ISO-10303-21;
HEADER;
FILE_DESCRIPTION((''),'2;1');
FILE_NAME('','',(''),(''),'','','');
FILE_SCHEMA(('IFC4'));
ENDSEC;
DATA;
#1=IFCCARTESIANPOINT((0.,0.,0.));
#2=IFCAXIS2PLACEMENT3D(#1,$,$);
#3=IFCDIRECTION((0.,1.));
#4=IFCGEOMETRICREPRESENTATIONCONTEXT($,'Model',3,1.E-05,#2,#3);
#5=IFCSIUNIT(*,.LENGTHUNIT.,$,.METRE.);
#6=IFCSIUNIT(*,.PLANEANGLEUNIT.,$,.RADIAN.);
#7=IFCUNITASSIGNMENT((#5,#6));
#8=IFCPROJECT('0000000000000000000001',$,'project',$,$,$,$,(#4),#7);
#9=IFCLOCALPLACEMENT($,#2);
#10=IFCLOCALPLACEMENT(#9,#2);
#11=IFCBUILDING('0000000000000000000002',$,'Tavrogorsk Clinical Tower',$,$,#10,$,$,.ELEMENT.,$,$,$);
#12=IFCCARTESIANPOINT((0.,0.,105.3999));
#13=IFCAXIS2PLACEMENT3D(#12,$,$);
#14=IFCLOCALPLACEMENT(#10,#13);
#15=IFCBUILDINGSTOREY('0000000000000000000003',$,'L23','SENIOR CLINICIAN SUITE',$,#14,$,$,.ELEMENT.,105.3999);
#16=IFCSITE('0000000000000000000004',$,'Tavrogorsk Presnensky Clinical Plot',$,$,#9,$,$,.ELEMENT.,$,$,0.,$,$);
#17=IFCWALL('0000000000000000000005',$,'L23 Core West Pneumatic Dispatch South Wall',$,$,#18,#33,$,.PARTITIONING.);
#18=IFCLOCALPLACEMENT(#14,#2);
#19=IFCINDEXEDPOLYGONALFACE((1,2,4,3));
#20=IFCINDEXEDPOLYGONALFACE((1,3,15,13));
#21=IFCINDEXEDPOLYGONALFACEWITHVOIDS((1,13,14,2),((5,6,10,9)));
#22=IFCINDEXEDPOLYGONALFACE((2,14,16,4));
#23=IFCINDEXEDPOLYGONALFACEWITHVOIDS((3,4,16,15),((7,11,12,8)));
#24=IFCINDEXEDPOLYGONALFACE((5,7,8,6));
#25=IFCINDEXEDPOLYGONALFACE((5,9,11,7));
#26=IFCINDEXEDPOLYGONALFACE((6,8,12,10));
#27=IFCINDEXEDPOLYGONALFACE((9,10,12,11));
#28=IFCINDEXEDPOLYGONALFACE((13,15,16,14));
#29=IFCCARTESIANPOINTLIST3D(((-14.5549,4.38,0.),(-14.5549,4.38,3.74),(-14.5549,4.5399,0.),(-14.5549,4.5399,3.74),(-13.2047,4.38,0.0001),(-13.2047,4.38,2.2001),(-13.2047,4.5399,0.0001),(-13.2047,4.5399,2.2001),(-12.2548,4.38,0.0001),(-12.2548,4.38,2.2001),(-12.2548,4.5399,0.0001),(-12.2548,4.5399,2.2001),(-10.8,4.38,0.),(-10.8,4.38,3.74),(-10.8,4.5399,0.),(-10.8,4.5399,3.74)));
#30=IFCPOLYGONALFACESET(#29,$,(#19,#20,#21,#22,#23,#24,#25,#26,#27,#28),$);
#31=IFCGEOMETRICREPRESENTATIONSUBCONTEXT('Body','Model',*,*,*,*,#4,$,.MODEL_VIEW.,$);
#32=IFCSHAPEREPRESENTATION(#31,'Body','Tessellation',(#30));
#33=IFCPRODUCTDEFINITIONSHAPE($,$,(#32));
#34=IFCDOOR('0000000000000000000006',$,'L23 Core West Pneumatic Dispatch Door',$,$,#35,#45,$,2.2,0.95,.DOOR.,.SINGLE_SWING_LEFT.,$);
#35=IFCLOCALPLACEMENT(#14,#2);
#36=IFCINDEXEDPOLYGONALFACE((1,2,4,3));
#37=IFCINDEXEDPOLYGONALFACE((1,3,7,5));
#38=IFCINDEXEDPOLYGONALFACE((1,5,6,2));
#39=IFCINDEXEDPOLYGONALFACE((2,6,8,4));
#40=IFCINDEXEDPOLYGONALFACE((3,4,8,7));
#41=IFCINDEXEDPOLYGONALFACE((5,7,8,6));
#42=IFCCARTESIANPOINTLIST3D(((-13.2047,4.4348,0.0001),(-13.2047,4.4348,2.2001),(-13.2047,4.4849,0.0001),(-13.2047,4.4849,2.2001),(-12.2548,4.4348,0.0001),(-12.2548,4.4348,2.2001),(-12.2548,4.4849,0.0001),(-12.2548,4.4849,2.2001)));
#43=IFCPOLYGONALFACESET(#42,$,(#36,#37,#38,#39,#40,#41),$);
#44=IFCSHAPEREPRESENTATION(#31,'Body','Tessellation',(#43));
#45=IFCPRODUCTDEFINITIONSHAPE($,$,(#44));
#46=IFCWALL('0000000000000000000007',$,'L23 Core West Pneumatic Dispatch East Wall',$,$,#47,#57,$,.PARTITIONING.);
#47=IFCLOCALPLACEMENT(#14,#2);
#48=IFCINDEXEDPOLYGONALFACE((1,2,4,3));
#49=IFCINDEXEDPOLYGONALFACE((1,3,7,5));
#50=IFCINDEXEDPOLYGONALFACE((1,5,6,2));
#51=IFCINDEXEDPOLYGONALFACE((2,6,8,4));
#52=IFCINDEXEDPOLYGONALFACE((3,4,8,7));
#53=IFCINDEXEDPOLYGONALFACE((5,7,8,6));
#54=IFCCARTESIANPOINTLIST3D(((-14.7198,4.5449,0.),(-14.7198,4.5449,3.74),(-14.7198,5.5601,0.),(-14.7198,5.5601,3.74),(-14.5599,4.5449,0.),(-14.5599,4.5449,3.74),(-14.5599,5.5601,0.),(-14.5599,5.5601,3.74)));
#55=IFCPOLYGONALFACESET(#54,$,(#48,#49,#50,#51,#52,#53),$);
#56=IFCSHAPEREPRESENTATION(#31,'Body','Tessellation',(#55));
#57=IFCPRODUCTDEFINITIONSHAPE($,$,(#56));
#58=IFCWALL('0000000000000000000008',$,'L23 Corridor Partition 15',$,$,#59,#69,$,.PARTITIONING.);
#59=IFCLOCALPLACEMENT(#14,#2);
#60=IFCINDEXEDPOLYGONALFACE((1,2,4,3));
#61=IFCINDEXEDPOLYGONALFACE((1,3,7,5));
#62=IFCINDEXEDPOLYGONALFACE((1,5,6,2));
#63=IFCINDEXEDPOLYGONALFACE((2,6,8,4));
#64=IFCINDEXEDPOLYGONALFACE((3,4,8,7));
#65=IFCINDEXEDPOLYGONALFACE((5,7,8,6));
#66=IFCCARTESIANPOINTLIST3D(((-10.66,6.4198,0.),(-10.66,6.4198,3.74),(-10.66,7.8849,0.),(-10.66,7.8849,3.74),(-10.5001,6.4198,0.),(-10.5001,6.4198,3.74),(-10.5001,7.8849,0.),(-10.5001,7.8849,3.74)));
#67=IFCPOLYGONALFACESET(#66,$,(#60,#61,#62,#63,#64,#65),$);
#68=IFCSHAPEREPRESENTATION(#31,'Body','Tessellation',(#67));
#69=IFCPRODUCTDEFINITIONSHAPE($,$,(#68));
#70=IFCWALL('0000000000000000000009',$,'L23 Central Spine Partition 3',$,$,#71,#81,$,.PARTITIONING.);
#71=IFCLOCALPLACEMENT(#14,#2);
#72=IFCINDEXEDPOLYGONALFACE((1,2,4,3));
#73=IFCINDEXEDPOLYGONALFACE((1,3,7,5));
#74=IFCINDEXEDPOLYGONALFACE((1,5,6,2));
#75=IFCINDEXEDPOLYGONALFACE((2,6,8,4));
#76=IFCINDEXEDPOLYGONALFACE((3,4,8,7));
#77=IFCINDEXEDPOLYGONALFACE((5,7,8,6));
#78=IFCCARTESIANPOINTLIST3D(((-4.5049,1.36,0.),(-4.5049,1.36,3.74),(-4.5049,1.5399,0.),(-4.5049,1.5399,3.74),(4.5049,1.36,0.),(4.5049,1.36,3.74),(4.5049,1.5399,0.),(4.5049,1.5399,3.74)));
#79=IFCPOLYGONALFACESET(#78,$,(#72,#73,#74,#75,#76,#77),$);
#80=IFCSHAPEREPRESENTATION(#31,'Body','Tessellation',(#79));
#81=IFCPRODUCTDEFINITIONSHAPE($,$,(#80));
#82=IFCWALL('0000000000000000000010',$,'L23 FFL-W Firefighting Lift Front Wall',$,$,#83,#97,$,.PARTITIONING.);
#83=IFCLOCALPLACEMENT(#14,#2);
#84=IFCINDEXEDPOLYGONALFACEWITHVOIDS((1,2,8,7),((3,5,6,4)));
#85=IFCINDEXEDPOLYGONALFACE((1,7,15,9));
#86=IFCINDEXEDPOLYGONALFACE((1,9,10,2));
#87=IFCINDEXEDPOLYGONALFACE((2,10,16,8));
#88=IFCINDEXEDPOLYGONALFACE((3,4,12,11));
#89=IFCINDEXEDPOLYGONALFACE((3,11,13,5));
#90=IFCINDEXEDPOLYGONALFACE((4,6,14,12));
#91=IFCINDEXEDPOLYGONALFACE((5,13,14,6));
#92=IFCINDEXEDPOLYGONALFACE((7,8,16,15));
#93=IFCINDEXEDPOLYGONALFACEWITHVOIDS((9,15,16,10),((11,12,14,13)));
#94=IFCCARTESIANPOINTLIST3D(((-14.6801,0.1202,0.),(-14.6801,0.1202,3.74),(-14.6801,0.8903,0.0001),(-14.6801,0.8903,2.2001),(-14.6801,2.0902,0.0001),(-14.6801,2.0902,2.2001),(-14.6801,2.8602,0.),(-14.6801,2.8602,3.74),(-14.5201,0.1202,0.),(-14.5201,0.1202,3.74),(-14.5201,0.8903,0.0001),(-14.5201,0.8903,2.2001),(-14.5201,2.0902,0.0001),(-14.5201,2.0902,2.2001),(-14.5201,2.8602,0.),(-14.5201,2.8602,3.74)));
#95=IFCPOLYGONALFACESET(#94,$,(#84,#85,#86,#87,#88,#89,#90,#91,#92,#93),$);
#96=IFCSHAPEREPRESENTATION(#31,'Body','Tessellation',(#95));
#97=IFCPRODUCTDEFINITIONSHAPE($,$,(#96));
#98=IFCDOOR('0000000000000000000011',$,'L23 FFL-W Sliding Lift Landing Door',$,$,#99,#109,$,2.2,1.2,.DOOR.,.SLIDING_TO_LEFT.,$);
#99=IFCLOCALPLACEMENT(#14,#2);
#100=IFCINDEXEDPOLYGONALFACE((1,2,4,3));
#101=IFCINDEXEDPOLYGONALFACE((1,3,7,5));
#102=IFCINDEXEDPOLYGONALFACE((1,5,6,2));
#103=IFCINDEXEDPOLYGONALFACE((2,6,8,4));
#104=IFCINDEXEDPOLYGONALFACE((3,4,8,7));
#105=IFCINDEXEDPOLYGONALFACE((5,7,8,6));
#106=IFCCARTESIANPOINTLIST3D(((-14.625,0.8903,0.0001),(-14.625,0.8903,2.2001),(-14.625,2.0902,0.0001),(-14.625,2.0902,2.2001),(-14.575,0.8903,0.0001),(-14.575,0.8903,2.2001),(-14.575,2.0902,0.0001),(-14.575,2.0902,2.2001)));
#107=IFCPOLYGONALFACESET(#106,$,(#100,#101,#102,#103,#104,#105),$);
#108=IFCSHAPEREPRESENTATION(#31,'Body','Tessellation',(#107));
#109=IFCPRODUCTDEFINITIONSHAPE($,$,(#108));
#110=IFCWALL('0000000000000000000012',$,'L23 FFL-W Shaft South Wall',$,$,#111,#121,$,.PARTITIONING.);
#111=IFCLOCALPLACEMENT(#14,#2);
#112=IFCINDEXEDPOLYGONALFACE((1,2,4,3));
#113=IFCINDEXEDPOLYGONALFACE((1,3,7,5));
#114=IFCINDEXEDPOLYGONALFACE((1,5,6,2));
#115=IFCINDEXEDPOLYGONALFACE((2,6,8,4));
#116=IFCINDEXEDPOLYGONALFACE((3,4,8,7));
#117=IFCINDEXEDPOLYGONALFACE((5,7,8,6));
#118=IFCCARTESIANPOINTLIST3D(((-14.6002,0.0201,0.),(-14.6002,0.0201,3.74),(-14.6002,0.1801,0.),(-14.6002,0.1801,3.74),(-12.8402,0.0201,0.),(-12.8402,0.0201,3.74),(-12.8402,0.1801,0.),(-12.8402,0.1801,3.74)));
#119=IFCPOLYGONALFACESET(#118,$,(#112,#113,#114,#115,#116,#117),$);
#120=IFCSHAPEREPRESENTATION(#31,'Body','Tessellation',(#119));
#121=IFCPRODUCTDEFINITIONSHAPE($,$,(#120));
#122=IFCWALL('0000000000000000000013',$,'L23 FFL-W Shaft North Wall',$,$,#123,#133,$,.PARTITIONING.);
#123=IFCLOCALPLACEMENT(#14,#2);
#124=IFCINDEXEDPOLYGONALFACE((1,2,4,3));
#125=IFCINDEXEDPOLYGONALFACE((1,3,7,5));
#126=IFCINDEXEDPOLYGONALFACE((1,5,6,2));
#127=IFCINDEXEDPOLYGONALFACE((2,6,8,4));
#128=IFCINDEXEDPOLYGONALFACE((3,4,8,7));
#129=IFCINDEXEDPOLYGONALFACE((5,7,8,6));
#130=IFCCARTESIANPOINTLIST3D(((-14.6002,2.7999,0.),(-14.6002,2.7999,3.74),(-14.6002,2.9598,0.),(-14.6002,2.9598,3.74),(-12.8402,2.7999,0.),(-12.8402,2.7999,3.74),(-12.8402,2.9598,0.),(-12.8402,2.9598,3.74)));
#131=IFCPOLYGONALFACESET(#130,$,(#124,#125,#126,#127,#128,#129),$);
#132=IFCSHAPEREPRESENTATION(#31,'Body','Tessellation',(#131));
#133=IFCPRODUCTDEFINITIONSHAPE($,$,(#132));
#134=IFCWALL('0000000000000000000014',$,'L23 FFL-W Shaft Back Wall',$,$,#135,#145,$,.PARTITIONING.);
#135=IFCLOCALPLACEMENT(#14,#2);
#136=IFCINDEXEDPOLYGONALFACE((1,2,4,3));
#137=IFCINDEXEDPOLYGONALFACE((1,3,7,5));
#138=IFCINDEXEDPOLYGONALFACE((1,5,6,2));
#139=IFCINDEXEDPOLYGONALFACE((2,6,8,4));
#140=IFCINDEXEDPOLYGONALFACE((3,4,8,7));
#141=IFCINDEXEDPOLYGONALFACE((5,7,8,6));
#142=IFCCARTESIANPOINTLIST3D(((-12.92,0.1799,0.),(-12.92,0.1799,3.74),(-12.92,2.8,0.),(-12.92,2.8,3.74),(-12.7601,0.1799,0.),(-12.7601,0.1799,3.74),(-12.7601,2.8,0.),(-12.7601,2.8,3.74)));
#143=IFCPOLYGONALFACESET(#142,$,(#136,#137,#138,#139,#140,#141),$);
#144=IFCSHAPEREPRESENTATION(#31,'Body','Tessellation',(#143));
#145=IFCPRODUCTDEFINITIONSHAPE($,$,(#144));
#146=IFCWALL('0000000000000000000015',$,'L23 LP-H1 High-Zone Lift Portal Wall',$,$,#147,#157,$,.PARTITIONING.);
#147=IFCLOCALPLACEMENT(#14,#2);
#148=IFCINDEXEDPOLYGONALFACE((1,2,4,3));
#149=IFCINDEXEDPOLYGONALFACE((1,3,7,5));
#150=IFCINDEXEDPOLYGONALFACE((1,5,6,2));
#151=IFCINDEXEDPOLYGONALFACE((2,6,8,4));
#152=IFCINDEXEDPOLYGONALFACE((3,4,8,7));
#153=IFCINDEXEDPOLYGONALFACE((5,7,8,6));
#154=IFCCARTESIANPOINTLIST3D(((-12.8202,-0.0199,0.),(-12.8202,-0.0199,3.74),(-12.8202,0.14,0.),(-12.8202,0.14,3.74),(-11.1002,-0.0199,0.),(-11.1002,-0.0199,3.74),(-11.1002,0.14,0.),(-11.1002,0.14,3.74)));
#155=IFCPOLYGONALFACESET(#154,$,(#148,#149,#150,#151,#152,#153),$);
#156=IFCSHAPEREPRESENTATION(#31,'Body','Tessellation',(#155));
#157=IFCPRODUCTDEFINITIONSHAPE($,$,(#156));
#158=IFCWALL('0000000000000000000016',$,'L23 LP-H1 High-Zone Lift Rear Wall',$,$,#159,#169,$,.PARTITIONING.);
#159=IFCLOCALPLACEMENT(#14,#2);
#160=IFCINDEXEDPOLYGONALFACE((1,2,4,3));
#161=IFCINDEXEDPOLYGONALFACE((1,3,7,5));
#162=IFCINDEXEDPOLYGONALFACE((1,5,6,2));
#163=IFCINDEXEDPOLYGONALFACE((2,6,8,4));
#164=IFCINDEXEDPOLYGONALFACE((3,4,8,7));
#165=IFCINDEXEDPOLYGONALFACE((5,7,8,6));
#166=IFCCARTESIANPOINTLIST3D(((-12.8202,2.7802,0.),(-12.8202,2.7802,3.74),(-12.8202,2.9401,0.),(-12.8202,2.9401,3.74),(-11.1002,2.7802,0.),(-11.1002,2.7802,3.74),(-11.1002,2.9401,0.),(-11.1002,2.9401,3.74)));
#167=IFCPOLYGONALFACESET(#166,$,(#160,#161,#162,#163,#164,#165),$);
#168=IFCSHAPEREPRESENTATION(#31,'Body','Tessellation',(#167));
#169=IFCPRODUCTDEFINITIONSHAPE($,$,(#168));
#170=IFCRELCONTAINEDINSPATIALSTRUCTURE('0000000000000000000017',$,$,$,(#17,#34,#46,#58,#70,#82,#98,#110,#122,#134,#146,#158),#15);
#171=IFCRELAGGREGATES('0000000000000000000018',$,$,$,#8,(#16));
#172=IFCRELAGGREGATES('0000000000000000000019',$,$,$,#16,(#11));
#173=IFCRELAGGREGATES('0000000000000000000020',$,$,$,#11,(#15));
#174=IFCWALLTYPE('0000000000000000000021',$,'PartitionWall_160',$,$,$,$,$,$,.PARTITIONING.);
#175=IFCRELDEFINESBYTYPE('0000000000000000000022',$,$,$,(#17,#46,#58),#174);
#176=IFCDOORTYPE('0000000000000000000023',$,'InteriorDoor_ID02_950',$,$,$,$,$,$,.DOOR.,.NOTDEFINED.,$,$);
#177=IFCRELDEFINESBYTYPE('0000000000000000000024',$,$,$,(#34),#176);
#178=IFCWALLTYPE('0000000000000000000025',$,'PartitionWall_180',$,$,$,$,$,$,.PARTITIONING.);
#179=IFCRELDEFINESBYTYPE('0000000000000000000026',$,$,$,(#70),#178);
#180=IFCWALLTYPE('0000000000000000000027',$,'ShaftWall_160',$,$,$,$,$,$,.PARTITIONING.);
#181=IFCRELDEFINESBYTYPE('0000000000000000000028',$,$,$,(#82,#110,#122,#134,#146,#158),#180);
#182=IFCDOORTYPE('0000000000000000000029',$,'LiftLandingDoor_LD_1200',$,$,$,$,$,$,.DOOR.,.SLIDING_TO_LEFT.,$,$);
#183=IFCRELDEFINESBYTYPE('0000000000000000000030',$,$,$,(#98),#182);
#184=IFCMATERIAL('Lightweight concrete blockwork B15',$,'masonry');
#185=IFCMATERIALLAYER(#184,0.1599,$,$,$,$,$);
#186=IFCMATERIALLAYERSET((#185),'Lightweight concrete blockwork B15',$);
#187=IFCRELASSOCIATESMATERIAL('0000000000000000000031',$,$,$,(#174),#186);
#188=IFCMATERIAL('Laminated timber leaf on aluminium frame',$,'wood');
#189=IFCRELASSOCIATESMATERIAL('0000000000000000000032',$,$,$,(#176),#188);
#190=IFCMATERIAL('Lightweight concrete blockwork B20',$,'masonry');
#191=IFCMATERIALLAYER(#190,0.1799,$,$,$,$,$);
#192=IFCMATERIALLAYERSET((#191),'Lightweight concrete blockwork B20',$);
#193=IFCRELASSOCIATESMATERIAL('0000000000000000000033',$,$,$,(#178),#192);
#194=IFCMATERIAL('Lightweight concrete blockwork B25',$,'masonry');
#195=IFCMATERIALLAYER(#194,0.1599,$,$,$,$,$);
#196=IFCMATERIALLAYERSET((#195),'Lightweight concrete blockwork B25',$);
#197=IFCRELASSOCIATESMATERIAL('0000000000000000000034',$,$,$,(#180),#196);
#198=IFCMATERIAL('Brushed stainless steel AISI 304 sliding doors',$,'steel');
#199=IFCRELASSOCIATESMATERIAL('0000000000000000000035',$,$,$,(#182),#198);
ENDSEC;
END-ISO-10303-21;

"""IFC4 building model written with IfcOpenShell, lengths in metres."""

from ifc_helpers import new_model, si_unit, direction, frame, frame_2d, origin, place, context, subcontext, project, spatial, rectangle, extrude, material, layer, layer_set, type_object, element, fill, save


model = new_model("IFC4")

# Units and contexts
model_context = context("Model", 3, precision=1e-05, world=origin(), true_north=direction((0.0, 1.0)))
body_context = subcontext(model_context, "Body", "Model", "MODEL_VIEW")
ifc_project = project(units=[si_unit("LENGTHUNIT", "METRE"), si_unit("PLANEANGLEUNIT", "RADIAN")], contexts=[model_context])

# Site, building, storey
site_placement = place(None, origin())
site = spatial("IfcSite", under=ifc_project, at=site_placement, Name="Tavrogorsk Presnensky Clinical Plot", CompositionType="ELEMENT", RefElevation=0.0)
building_placement = place(site_placement, origin())
building = spatial("IfcBuilding", under=site, at=building_placement, Name="Tavrogorsk Clinical Tower", CompositionType="ELEMENT")
storey_placement = place(building_placement, frame((0.0, 0.0, 105.3999)))
storey = spatial("IfcBuildingStorey", under=building, at=storey_placement, Name="L23", Description="SENIOR CLINICIAN SUITE", CompositionType="ELEMENT", Elevation=105.3999)

# Wall, opening, door
ifc_material_1 = material(Name="Lightweight concrete blockwork B15", Category="masonry")
ifc_layer_1 = layer(ifc_material_1, 0.1599)
ifc_layer_set_1 = layer_set([ifc_layer_1], Name="Lightweight concrete blockwork B15")
wall_type_1 = type_object("IfcWallType", Name="PartitionWall_160", PredefinedType="PARTITIONING", material=ifc_layer_set_1)
wall_1_placement = place(storey_placement, frame((-14.5549, 4.46, 0.0), z_axis=(0.0, 0.0, 1.0), x_axis=(1.0, 0.0, 0.0)))
wall_1 = element("IfcWall", 1, at=wall_1_placement, inside=storey, type_object=wall_type_1, Name="L23 Core West Pneumatic Dispatch South Wall", PredefinedType="PARTITIONING", context=body_context, shape_type="SweptSolid", body=[
    extrude(rectangle(XDim=3.7549, YDim=0.1599, at=frame_2d((1.8774, 0.0))), origin(), (0.0, 0.0, 1.0), 3.74),
])
opening_1_placement = place(wall_1_placement, frame((1.3501, 0.0, 0.0)))
opening_1 = element("IfcOpeningElement", 2, at=opening_1_placement, cuts=wall_1, PredefinedType="OPENING", context=body_context, shape_type="SweptSolid", body=[
    extrude(rectangle(XDim=0.95, YDim=2.2, at=frame_2d((0.4751, 1.1001))), frame((0.0, 0.0898, 0.0), z_axis=(0.0, -1.0, 0.0), x_axis=(1.0, 0.0, 0.0)), (0.0, 0.0, 1.0), 0.1799),
])
ifc_material_2 = material(Name="Laminated timber leaf on aluminium frame", Category="wood")
door_type_1 = type_object("IfcDoorType", Name="InteriorDoor_ID02_950", OperationType="NOTDEFINED", PredefinedType="DOOR", material=ifc_material_2)
door_1_placement = place(opening_1_placement, origin())
door_1 = element("IfcDoor", 3, at=door_1_placement, inside=storey, type_object=door_type_1, Name="L23 Core West Pneumatic Dispatch Door", OperationType="SINGLE_SWING_LEFT", OverallHeight=2.2, OverallWidth=0.95, PredefinedType="DOOR", context=body_context, shape_type="SweptSolid", body=[
    extrude(rectangle(XDim=0.95, YDim=2.2, at=frame_2d((0.4751, 1.1001))), frame((0.0, 0.0249, 0.0), z_axis=(0.0, -1.0, 0.0), x_axis=(1.0, 0.0, 0.0)), (0.0, 0.0, 1.0), 0.05),
])
fill(opening_1, door_1)

# Walls
wall_2_placement = place(storey_placement, frame((-14.6399, 4.5449, 0.0), z_axis=(0.0, 0.0, 1.0), x_axis=(0.0, 1.0, 0.0)))
element("IfcWall", 4, at=wall_2_placement, inside=storey, type_object=wall_type_1, Name="L23 Core West Pneumatic Dispatch East Wall", PredefinedType="PARTITIONING", context=body_context, shape_type="SweptSolid", body=[
    extrude(rectangle(XDim=1.0151, YDim=0.1599, at=frame_2d((0.5076, 0.0))), origin(), (0.0, 0.0, 1.0), 3.74),
])
wall_3_placement = place(storey_placement, frame((-10.5801, 6.4199, 0.0), z_axis=(0.0, 0.0, 1.0), x_axis=(0.0, 1.0, 0.0)))
element("IfcWall", 5, at=wall_3_placement, inside=storey, type_object=wall_type_1, Name="L23 Corridor Partition 15", PredefinedType="PARTITIONING", context=body_context, shape_type="SweptSolid", body=[
    extrude(rectangle(XDim=1.4651, YDim=0.1599, at=frame_2d((0.7324, 0.0))), origin(), (0.0, 0.0, 1.0), 3.74),
])
ifc_material_3 = material(Name="Lightweight concrete blockwork B20", Category="masonry")
ifc_layer_2 = layer(ifc_material_3, 0.1799)
ifc_layer_set_2 = layer_set([ifc_layer_2], Name="Lightweight concrete blockwork B20")
wall_type_2 = type_object("IfcWallType", Name="PartitionWall_180", PredefinedType="PARTITIONING", material=ifc_layer_set_2)
wall_4_placement = place(storey_placement, frame((-4.5049, 1.45, 0.0), z_axis=(0.0, 0.0, 1.0), x_axis=(1.0, 0.0, 0.0)))
element("IfcWall", 6, at=wall_4_placement, inside=storey, type_object=wall_type_2, Name="L23 Central Spine Partition 3", PredefinedType="PARTITIONING", context=body_context, shape_type="SweptSolid", body=[
    extrude(rectangle(XDim=9.0098, YDim=0.1799, at=frame_2d((4.5049, 0.0))), origin(), (0.0, 0.0, 1.0), 3.74),
])

# Wall, opening, door
ifc_material_4 = material(Name="Lightweight concrete blockwork B25", Category="masonry")
ifc_layer_3 = layer(ifc_material_4, 0.1599)
ifc_layer_set_3 = layer_set([ifc_layer_3], Name="Lightweight concrete blockwork B25")
wall_type_3 = type_object("IfcWallType", Name="ShaftWall_160", PredefinedType="PARTITIONING", material=ifc_layer_set_3)
wall_5_placement = place(storey_placement, frame((-14.6001, 0.1201, 0.0), z_axis=(0.0, 0.0, 1.0), x_axis=(0.0, 1.0, 0.0)))
wall_5 = element("IfcWall", 7, at=wall_5_placement, inside=storey, type_object=wall_type_3, Name="L23 FFL-W Firefighting Lift Front Wall", PredefinedType="PARTITIONING", context=body_context, shape_type="SweptSolid", body=[
    extrude(rectangle(XDim=2.74, YDim=0.1599, at=frame_2d((1.3701, 0.0))), origin(), (0.0, 0.0, 1.0), 3.74),
])
opening_2_placement = place(wall_5_placement, frame((0.77, 0.0, 0.0)))
opening_2 = element("IfcOpeningElement", 8, at=opening_2_placement, cuts=wall_5, PredefinedType="OPENING", context=body_context, shape_type="SweptSolid", body=[
    extrude(rectangle(XDim=1.2, YDim=2.2, at=frame_2d((0.6001, 1.1001))), frame((0.0, 0.0898, 0.0), z_axis=(0.0, -1.0, 0.0), x_axis=(1.0, 0.0, 0.0)), (0.0, 0.0, 1.0), 0.1799),
])
ifc_material_5 = material(Name="Brushed stainless steel AISI 304 sliding doors", Category="steel")
door_type_2 = type_object("IfcDoorType", Name="LiftLandingDoor_LD_1200", OperationType="SLIDING_TO_LEFT", PredefinedType="DOOR", material=ifc_material_5)
door_2_placement = place(opening_2_placement, origin())
door_2 = element("IfcDoor", 9, at=door_2_placement, inside=storey, type_object=door_type_2, Name="L23 FFL-W Sliding Lift Landing Door", OperationType="SLIDING_TO_LEFT", OverallHeight=2.2, OverallWidth=1.2, PredefinedType="DOOR", context=body_context, shape_type="SweptSolid", body=[
    extrude(rectangle(XDim=1.2, YDim=2.2, at=frame_2d((0.6001, 1.1001))), frame((0.0, 0.0249, 0.0), z_axis=(0.0, -1.0, 0.0), x_axis=(1.0, 0.0, 0.0)), (0.0, 0.0, 1.0), 0.05),
])
fill(opening_2, door_2)

# Walls
for number, where, z_axis, x_axis, name in (
    (10, (-14.6001, 0.1001, 0.0), (0.0, 0.0, 1.0), (1.0, 0.0, 0.0), "L23 FFL-W Shaft South Wall"),
    (11, (-14.6001, 2.8799, 0.0), (0.0, 0.0, 1.0), (1.0, 0.0, 0.0), "L23 FFL-W Shaft North Wall"),
):
    element("IfcWall", number, at=place(storey_placement, frame(where, z_axis=z_axis, x_axis=x_axis)), inside=storey, type_object=wall_type_3, Name=name, PredefinedType="PARTITIONING", context=body_context, shape_type="SweptSolid", body=[
        extrude(rectangle(XDim=1.76, YDim=0.1599, at=frame_2d((0.8799, 0.0))), origin(), (0.0, 0.0, 1.0), 3.74),
    ])
wall_6_placement = place(storey_placement, frame((-12.8401, 0.1799, 0.0), z_axis=(0.0, 0.0, 1.0), x_axis=(0.0, 1.0, 0.0)))
element("IfcWall", 12, at=wall_6_placement, inside=storey, type_object=wall_type_3, Name="L23 FFL-W Shaft Back Wall", PredefinedType="PARTITIONING", context=body_context, shape_type="SweptSolid", body=[
    extrude(rectangle(XDim=2.6201, YDim=0.1599, at=frame_2d((1.3101, 0.0))), origin(), (0.0, 0.0, 1.0), 3.74),
])
for number, where, z_axis, x_axis, name in (
    (13, (-12.8201, 0.0601, 0.0), (0.0, 0.0, 1.0), (1.0, 0.0, 0.0), "L23 LP-H1 High-Zone Lift Portal Wall"),
    (14, (-12.8201, 2.8601, 0.0), (0.0, 0.0, 1.0), (1.0, 0.0, 0.0), "L23 LP-H1 High-Zone Lift Rear Wall"),
):
    element("IfcWall", number, at=place(storey_placement, frame(where, z_axis=z_axis, x_axis=x_axis)), inside=storey, type_object=wall_type_3, Name=name, PredefinedType="PARTITIONING", context=body_context, shape_type="SweptSolid", body=[
        extrude(rectangle(XDim=1.72, YDim=0.1599, at=frame_2d((0.8599, 0.0))), origin(), (0.0, 0.0, 1.0), 3.74),
    ])

save(model, "model.ifc")
